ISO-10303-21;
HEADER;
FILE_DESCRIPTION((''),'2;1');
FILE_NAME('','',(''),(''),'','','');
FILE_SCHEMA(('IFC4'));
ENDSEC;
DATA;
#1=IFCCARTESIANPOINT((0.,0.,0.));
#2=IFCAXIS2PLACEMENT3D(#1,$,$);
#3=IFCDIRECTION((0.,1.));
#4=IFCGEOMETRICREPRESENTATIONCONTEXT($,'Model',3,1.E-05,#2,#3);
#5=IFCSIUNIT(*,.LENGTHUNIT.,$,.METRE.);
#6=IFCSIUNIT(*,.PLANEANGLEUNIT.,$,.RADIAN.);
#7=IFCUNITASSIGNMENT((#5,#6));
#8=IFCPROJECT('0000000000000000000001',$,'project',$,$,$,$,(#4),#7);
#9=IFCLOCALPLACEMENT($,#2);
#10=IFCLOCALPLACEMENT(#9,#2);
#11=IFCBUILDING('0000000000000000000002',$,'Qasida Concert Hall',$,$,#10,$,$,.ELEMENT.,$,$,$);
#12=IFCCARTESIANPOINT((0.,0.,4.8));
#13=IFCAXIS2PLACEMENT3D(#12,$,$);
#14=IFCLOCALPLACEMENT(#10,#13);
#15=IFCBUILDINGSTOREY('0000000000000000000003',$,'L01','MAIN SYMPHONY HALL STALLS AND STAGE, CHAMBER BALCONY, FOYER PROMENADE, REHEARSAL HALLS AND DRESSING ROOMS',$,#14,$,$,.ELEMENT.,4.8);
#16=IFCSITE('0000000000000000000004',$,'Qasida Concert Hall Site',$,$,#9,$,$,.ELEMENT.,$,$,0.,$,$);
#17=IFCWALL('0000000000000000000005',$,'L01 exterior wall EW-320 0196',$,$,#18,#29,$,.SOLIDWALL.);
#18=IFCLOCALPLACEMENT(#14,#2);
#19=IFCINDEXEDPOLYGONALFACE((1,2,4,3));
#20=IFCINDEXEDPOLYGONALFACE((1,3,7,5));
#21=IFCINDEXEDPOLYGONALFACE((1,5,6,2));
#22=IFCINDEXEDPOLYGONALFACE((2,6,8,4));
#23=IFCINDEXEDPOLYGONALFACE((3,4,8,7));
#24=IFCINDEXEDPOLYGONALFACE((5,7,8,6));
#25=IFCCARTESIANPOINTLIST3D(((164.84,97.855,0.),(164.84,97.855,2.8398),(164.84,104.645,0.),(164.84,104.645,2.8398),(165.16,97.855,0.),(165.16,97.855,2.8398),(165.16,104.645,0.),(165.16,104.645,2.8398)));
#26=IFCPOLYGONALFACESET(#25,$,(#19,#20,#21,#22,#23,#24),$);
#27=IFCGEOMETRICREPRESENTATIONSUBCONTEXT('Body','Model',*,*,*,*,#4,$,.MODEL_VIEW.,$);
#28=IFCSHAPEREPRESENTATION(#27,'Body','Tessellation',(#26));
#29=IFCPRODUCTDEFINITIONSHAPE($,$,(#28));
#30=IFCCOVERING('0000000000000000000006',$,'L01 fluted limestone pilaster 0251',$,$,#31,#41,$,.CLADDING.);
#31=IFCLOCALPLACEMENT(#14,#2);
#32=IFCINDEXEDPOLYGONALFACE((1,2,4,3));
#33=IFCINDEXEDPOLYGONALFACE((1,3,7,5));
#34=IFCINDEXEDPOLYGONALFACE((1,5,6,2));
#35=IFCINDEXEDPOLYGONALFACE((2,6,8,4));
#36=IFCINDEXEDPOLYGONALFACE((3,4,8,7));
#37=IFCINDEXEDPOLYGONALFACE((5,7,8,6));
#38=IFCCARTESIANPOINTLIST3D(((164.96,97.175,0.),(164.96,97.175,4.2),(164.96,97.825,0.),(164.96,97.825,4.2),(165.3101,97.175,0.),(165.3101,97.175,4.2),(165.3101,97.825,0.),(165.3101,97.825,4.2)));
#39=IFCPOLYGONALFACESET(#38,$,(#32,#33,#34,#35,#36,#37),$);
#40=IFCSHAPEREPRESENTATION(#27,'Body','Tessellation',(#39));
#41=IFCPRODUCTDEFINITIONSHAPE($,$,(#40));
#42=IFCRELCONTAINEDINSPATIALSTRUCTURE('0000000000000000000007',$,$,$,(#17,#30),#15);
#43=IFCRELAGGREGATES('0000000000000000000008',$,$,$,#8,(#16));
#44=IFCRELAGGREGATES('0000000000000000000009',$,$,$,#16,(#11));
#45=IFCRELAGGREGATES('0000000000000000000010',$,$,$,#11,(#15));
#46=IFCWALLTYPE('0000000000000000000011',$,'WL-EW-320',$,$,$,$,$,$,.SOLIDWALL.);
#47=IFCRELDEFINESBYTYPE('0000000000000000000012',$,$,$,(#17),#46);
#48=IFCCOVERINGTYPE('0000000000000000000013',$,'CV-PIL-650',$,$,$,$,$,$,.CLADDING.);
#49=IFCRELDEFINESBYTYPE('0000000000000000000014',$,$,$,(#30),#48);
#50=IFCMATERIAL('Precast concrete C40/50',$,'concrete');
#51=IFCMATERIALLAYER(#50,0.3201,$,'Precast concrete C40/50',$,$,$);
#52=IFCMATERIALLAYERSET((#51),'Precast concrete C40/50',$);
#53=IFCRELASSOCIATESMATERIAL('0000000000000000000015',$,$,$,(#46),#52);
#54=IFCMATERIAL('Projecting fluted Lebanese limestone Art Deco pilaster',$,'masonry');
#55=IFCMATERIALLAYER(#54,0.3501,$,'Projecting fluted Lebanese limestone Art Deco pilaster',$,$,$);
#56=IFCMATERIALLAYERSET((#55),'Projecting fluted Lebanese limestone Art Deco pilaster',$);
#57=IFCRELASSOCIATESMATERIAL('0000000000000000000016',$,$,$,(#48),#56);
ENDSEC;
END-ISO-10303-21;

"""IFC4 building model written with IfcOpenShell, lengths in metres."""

from ifc_helpers import new_model, si_unit, direction, frame, frame_2d, origin, origin_2d, place, context, subcontext, project, spatial, rectangle, extrude, material, layer, layer_set, type_object, element, save


model = new_model("IFC4")

# Units and contexts
model_context = context("Model", 3, precision=1e-05, world=origin(), true_north=direction((0.0, 1.0)))
body_context = subcontext(model_context, "Body", "Model", "MODEL_VIEW")
ifc_project = project(units=[si_unit("LENGTHUNIT", "METRE"), si_unit("PLANEANGLEUNIT", "RADIAN")], contexts=[model_context])

# Site, building, storey
site_placement = place(None, origin())
site = spatial("IfcSite", under=ifc_project, at=site_placement, Name="Qasida Concert Hall Site", CompositionType="ELEMENT", RefElevation=0.0)
building_placement = place(site_placement, origin())
building = spatial("IfcBuilding", under=site, at=building_placement, Name="Qasida Concert Hall", CompositionType="ELEMENT")
storey_placement = place(building_placement, frame((0.0, 0.0, 4.8)))
storey = spatial("IfcBuildingStorey", under=building, at=storey_placement, Name="L01", Description="MAIN SYMPHONY HALL STALLS AND STAGE, CHAMBER BALCONY, FOYER PROMENADE, REHEARSAL HALLS AND DRESSING ROOMS", CompositionType="ELEMENT", Elevation=4.8)

# Wall
ifc_material_1 = material(Name="Precast concrete C40/50", Category="concrete")
ifc_layer_1 = layer(ifc_material_1, 0.3201, Name="Precast concrete C40/50")
ifc_layer_set_1 = layer_set([ifc_layer_1], Name="Precast concrete C40/50")
wall_type = type_object("IfcWallType", Name="WL-EW-320", PredefinedType="SOLIDWALL", material=ifc_layer_set_1)
wall_placement = place(storey_placement, frame((165.0, 97.855, 0.0), z_axis=(0.0, 0.0, 1.0), x_axis=(0.0, 1.0, 0.0)))
element("IfcWall", 1, at=wall_placement, inside=storey, type_object=wall_type, Name="L01 exterior wall EW-320 0196", PredefinedType="SOLIDWALL", context=body_context, shape_type="SweptSolid", body=[
    extrude(rectangle(XDim=6.79, YDim=0.3201, at=frame_2d((3.395, 0.0))), origin(), (0.0, 0.0, 1.0), 2.8398),
])

# Covering
ifc_material_2 = material(Name="Projecting fluted Lebanese limestone Art Deco pilaster", Category="masonry")
ifc_layer_2 = layer(ifc_material_2, 0.3501, Name="Projecting fluted Lebanese limestone Art Deco pilaster")
ifc_layer_set_2 = layer_set([ifc_layer_2], Name="Projecting fluted Lebanese limestone Art Deco pilaster")
covering_type = type_object("IfcCoveringType", Name="CV-PIL-650", PredefinedType="CLADDING", material=ifc_layer_set_2)
covering_placement = place(storey_placement, frame((165.135, 97.5, 0.0), z_axis=(0.0, 0.0, 1.0), x_axis=(1.0, 0.0, 0.0)))
element("IfcCovering", 2, at=covering_placement, inside=storey, type_object=covering_type, Name="L01 fluted limestone pilaster 0251", PredefinedType="CLADDING", context=body_context, shape_type="SweptSolid", body=[
    extrude(rectangle(XDim=0.3501, YDim=0.6499, at=origin_2d()), origin(), (0.0, 0.0, 1.0), 4.2),
])

save(model, "model.ifc")
